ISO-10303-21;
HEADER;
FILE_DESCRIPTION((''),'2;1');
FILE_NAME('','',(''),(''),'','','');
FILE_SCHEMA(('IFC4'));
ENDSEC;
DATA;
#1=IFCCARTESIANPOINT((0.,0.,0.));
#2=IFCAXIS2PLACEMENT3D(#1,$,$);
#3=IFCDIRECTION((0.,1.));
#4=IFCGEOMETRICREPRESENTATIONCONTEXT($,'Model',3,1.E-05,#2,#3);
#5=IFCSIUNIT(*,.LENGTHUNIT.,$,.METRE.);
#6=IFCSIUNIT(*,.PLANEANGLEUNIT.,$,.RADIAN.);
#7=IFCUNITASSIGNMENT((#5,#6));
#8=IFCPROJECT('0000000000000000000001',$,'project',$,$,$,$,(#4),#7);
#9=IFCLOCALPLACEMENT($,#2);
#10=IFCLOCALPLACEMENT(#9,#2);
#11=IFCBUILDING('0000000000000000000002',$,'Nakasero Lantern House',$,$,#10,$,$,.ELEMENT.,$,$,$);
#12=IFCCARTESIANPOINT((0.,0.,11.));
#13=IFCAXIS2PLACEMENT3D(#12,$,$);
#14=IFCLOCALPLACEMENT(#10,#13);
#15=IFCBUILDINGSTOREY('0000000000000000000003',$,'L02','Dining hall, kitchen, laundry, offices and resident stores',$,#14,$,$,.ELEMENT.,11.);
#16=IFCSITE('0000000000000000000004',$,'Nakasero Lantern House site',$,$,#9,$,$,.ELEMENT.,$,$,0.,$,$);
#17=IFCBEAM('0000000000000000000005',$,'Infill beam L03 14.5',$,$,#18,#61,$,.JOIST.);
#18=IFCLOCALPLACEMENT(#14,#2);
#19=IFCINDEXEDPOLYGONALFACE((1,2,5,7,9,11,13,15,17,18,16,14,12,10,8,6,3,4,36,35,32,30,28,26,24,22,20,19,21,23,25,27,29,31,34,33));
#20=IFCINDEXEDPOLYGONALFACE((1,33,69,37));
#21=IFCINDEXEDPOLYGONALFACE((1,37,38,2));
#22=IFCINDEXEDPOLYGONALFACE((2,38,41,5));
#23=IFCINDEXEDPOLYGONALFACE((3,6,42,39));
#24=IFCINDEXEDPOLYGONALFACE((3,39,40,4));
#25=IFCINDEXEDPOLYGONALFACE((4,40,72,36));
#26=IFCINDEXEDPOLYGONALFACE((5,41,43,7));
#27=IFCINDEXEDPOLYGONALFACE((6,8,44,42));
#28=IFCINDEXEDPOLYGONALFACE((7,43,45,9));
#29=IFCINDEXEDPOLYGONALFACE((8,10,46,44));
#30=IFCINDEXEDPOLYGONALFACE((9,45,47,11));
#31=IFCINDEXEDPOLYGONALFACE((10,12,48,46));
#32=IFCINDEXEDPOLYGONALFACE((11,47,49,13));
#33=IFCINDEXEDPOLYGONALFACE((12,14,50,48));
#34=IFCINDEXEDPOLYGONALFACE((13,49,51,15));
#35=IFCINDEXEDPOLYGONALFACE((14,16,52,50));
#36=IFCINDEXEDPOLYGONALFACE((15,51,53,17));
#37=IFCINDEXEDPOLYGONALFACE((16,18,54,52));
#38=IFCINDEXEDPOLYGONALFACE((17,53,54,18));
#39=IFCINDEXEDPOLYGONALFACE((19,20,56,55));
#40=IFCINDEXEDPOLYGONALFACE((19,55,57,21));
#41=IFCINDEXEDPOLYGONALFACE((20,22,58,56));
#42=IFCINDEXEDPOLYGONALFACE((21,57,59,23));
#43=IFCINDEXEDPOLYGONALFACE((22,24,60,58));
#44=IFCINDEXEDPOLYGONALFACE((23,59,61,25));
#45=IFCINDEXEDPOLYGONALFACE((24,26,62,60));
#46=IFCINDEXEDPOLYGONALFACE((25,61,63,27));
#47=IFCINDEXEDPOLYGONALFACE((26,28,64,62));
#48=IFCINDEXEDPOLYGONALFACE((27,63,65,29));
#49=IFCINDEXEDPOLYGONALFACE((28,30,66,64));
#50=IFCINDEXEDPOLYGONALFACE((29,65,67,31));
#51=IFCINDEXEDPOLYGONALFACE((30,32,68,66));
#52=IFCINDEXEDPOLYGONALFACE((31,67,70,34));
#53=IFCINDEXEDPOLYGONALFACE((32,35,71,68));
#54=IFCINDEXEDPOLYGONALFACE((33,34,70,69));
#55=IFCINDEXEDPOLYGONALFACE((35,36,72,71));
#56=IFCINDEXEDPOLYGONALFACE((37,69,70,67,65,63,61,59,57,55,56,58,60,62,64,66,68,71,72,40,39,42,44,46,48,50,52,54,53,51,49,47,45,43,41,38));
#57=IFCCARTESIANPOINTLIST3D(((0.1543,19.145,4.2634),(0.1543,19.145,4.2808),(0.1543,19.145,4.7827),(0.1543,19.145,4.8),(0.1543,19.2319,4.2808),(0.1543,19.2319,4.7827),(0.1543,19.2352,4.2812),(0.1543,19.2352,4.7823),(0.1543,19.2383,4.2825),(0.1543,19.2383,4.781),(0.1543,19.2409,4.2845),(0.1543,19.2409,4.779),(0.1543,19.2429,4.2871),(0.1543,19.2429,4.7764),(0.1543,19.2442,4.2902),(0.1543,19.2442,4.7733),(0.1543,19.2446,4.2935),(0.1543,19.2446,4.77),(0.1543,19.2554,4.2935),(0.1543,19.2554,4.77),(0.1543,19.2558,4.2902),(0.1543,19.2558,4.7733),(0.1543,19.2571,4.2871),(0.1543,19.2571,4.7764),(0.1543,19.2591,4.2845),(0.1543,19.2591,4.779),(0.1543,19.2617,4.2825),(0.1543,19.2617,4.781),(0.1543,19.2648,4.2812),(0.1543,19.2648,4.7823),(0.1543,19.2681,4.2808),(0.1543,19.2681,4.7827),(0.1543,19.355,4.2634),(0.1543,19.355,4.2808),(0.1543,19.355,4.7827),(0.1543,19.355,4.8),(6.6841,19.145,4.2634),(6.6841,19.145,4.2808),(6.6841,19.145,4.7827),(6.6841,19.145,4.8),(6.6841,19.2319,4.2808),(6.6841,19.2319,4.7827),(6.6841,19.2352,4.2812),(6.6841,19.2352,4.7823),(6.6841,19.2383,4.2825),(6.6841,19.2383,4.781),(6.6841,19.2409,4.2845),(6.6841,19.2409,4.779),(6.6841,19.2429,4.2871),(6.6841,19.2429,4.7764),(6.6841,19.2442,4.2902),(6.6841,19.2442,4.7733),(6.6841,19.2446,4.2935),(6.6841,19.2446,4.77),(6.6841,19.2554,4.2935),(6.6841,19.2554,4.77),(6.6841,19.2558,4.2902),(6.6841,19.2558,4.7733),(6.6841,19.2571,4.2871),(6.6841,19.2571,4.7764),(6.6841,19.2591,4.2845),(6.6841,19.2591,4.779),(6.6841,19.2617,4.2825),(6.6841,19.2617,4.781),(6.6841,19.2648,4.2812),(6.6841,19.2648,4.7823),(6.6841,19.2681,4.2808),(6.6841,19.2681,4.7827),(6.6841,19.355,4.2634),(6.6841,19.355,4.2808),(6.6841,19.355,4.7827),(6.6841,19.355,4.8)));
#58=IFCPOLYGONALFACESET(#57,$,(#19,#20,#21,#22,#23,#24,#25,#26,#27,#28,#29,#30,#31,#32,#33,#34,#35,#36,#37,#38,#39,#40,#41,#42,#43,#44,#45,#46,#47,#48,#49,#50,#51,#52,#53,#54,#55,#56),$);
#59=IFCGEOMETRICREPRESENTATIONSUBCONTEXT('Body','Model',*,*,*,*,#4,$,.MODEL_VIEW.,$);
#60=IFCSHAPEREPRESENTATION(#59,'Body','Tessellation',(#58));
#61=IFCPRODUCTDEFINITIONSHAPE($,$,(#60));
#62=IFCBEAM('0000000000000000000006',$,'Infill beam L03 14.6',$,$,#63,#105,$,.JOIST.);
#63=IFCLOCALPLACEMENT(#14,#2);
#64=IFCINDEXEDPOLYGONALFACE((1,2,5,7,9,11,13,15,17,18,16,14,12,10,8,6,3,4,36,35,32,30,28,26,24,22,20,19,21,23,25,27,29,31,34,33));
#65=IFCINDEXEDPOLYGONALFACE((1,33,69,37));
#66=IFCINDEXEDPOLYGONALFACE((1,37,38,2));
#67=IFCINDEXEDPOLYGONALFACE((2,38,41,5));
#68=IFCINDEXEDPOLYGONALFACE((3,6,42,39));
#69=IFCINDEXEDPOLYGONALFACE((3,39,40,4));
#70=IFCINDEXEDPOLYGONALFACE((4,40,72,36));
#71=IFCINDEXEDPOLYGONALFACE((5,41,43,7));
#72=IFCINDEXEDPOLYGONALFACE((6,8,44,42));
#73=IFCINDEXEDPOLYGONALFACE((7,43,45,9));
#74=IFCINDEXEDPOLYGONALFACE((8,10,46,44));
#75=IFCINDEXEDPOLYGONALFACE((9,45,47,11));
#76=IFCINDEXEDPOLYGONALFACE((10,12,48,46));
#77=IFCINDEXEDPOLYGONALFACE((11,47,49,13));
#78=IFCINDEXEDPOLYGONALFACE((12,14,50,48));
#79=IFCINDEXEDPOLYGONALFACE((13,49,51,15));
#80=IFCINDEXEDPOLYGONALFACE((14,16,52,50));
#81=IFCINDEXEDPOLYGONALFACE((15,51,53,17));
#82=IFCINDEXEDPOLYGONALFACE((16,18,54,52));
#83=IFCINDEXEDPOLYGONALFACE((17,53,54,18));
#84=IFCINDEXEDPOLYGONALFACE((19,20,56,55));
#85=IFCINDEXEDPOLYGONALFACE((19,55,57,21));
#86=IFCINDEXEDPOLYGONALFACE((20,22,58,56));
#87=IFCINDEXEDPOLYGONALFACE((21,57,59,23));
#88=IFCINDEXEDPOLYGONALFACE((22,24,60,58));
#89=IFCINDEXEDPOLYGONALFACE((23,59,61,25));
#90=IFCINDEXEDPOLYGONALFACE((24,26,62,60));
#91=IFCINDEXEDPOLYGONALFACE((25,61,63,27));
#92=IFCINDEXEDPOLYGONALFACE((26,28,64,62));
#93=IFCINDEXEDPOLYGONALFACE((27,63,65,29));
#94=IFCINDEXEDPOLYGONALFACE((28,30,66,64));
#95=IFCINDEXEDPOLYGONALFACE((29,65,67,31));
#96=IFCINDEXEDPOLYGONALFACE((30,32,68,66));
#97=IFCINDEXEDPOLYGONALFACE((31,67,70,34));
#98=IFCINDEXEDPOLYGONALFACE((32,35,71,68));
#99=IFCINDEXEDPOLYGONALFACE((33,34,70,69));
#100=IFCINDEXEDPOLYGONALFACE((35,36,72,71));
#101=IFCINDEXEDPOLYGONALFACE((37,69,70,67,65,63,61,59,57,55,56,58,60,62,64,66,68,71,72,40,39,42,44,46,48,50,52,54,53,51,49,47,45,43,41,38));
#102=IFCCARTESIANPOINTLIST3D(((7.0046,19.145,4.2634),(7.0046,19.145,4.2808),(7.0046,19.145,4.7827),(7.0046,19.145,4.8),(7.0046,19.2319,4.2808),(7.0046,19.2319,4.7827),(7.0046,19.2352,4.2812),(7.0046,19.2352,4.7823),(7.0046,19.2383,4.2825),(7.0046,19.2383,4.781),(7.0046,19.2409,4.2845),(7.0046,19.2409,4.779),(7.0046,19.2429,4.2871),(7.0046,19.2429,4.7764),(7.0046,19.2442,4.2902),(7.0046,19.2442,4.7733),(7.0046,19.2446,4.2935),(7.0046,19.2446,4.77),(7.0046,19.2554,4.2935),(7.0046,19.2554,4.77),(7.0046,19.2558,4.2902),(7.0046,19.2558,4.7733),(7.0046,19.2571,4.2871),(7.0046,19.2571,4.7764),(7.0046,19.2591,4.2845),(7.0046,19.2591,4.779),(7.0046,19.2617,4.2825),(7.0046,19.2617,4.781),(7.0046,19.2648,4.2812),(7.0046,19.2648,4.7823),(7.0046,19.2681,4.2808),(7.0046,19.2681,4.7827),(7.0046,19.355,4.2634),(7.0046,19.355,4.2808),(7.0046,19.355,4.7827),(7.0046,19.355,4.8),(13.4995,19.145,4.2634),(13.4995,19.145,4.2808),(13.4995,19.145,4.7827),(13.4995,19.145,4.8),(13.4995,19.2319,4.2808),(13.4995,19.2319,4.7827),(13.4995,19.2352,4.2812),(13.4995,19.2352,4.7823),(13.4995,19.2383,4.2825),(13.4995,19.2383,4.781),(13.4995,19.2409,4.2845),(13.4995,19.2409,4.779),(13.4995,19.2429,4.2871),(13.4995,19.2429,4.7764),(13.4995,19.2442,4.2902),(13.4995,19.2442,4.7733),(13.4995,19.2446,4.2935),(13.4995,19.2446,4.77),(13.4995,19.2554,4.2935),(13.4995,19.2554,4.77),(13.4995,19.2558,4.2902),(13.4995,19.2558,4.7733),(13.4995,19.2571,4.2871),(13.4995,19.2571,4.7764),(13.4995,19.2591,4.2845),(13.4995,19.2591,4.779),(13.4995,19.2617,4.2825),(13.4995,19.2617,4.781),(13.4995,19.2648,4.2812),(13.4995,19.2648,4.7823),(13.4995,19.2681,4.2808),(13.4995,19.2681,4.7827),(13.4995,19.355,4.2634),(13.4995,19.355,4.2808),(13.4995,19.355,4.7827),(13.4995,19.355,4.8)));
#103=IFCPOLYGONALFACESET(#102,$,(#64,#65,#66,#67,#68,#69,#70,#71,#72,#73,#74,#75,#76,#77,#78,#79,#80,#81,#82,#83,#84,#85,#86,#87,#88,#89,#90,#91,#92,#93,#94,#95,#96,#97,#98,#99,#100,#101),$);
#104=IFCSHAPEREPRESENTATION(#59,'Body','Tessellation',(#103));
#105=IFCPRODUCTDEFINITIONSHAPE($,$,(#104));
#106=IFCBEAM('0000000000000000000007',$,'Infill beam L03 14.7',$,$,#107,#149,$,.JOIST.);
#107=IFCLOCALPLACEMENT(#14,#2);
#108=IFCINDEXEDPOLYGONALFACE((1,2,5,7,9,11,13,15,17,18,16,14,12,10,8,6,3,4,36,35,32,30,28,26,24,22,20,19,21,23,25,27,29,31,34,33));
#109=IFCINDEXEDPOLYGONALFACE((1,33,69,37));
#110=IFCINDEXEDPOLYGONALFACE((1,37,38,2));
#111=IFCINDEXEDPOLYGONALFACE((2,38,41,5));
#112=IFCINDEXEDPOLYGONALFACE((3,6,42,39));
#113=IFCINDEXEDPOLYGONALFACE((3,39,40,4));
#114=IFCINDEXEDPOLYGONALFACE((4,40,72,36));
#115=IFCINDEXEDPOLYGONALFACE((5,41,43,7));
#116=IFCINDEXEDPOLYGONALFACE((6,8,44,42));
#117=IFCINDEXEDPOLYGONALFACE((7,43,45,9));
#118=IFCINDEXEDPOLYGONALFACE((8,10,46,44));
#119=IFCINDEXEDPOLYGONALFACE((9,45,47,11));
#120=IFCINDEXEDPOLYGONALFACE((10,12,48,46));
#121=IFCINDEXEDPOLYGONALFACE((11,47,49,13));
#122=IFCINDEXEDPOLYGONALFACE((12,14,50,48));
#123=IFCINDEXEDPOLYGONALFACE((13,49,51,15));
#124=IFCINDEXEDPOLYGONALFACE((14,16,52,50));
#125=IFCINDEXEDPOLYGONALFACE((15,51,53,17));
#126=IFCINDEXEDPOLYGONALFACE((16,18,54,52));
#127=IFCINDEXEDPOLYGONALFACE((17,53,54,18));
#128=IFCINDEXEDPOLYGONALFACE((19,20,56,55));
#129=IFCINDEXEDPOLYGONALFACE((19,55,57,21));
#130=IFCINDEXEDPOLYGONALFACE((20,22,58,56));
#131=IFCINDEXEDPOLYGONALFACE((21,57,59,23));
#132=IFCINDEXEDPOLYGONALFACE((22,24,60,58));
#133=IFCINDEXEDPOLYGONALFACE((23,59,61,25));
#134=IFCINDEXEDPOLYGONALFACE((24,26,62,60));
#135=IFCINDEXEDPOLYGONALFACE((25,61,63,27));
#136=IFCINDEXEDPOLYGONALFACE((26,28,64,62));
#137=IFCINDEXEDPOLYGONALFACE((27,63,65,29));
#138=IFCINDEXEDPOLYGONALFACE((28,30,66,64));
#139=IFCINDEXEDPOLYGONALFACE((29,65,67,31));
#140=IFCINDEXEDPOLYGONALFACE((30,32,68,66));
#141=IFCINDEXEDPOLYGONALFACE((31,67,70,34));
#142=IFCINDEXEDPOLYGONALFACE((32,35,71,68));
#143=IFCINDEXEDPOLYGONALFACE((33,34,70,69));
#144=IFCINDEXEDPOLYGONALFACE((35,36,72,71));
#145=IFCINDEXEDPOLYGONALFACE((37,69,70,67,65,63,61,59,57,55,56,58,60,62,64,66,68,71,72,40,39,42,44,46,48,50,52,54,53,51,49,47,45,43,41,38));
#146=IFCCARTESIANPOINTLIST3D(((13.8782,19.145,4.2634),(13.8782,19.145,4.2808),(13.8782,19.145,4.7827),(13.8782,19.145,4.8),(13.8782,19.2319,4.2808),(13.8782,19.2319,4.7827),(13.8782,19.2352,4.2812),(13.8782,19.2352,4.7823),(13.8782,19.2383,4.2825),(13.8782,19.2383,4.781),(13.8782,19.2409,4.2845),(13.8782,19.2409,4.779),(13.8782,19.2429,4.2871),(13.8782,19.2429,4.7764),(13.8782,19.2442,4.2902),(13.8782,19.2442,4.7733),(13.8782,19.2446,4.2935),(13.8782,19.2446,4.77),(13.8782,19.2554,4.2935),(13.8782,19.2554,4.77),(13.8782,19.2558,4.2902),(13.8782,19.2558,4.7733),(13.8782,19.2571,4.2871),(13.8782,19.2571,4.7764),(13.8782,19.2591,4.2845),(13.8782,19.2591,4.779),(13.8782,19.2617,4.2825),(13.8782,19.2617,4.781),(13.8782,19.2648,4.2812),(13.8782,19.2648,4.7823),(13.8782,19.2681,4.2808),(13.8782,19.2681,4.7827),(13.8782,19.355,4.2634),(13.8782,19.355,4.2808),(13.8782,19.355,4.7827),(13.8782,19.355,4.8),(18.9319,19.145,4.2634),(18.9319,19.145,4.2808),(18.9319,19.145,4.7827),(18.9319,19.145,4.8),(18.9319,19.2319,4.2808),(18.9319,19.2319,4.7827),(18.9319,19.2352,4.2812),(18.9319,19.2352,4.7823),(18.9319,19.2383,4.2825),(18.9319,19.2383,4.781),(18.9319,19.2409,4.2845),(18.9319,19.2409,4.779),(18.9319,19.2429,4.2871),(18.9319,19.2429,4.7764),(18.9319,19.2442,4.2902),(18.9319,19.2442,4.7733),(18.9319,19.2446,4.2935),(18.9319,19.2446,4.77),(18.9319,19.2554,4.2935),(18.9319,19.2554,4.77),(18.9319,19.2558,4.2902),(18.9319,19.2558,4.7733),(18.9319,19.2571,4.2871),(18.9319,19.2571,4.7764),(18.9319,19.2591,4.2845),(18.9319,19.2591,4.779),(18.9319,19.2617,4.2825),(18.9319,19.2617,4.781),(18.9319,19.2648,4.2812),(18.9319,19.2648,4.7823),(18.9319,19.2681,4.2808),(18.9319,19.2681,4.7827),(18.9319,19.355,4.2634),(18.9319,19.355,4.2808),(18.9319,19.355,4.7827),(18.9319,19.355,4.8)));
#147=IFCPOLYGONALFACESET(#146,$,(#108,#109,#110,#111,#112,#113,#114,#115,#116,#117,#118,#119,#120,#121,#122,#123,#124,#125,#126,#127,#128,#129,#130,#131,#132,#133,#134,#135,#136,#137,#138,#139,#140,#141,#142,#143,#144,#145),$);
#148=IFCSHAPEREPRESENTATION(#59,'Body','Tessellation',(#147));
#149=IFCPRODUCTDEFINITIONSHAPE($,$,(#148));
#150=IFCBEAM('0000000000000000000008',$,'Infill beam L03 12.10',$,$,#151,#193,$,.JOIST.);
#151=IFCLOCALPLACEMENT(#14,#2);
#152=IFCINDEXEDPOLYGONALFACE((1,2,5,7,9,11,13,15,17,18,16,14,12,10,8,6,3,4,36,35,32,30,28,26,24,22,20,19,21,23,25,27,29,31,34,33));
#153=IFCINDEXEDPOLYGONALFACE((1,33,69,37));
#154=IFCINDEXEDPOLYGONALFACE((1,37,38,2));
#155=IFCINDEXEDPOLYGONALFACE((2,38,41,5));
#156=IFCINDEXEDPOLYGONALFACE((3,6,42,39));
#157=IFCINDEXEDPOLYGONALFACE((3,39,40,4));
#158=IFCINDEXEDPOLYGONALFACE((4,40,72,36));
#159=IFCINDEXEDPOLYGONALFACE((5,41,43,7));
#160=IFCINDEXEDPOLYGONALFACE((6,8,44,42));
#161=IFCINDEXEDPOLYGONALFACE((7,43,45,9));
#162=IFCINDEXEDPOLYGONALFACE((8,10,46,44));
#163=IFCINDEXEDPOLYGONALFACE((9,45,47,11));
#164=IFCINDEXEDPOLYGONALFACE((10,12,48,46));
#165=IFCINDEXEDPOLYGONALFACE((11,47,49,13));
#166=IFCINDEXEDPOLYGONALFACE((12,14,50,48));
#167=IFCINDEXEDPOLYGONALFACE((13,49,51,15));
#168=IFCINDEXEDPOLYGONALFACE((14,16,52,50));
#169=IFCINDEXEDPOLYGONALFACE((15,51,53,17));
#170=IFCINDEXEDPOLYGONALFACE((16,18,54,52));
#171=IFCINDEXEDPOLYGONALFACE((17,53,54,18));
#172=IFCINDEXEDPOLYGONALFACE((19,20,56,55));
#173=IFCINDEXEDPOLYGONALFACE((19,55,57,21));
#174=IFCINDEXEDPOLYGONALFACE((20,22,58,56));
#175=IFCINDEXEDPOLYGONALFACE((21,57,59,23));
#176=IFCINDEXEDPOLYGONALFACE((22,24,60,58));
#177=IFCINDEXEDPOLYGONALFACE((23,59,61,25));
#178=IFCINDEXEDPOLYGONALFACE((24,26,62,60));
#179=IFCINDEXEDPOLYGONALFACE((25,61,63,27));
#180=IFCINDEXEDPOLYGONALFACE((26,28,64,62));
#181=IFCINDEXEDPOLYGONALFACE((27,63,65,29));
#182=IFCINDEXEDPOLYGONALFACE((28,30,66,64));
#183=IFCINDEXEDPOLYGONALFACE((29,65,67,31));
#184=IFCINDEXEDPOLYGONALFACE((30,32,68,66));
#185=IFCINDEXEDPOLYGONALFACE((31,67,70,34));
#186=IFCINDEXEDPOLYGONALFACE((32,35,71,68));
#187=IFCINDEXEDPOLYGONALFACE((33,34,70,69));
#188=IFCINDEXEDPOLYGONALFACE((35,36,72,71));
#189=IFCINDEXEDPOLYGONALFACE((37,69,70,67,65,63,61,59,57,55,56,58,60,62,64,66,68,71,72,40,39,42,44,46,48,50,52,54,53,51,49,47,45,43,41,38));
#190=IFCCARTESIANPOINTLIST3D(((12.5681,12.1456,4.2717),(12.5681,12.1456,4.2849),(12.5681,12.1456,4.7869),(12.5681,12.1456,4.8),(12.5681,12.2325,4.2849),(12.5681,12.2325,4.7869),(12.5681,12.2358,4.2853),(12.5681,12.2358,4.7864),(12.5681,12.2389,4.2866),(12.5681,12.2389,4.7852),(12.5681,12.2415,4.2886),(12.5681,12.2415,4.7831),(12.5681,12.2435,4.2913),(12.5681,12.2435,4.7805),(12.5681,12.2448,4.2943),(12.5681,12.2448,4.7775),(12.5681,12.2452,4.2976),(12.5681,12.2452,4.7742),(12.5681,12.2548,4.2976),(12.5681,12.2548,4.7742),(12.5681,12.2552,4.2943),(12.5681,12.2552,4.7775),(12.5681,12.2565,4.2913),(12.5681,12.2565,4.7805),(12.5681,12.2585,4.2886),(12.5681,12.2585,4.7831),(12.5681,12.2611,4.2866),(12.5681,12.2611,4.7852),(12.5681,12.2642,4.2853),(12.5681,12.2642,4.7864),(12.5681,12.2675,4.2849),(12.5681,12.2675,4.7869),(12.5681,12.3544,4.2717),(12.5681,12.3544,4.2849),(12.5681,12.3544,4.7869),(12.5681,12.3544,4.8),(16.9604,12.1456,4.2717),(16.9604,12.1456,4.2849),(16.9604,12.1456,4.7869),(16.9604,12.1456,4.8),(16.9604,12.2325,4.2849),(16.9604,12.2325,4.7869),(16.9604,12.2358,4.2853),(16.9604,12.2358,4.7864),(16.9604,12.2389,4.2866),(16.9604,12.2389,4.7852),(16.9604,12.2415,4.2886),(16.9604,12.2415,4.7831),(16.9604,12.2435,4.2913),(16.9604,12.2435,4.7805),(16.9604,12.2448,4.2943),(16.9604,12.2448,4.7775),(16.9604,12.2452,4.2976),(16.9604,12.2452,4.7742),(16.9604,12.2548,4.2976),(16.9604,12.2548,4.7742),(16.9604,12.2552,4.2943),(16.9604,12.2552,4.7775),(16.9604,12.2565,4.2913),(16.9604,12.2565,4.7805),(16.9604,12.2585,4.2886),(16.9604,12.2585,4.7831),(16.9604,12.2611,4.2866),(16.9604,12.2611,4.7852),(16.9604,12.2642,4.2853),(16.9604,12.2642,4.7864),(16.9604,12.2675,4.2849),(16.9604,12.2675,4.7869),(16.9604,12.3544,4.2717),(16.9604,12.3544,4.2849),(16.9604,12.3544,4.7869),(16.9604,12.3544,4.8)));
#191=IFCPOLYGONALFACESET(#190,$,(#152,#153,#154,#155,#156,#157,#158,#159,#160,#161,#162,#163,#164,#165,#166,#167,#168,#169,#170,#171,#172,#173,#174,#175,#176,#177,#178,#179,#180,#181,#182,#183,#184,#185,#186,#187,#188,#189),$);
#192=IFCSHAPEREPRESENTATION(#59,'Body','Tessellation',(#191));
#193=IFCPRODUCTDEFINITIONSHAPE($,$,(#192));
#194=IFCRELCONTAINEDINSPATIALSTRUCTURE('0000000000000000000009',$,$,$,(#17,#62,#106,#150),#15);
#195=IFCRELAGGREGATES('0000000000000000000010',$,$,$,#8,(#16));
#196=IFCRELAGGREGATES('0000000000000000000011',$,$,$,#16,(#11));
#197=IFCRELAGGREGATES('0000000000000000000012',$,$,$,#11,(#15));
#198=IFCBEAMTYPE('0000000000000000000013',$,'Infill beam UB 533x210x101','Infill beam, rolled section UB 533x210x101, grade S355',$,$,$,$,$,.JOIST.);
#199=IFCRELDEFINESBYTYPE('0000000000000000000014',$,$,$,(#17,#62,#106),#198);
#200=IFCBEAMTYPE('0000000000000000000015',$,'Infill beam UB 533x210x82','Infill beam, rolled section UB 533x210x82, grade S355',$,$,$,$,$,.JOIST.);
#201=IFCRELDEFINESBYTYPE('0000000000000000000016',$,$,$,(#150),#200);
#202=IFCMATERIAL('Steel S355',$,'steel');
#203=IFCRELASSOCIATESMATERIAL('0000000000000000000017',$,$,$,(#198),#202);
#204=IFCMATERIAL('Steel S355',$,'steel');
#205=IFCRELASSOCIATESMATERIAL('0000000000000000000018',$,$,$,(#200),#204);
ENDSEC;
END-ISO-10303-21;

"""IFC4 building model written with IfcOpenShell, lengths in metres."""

from ifc_helpers import new_model, si_unit, direction, frame, origin, origin_2d, place, context, subcontext, project, spatial, i_section, extrude, material, material_profile, profile_set, type_object, element, save


model = new_model("IFC4")

# Units and contexts
model_context = context("Model", 3, precision=1e-05, world=origin(), true_north=direction((0.0, 1.0)))
body_context = subcontext(model_context, "Body", "Model", "MODEL_VIEW")
ifc_project = project(units=[si_unit("LENGTHUNIT", "METRE"), si_unit("PLANEANGLEUNIT", "RADIAN")], contexts=[model_context])

# Site, building, storey
site_placement = place(None, origin())
site = spatial("IfcSite", under=ifc_project, at=site_placement, Name="Nakasero Lantern House site", CompositionType="ELEMENT", RefElevation=0.0)
building_placement = place(site_placement, origin())
building = spatial("IfcBuilding", under=site, at=building_placement, Name="Nakasero Lantern House", CompositionType="ELEMENT")
storey_placement = place(building_placement, frame((0.0, 0.0, 11.0)))
storey = spatial("IfcBuildingStorey", under=building, at=storey_placement, Name="L02", Description="Dining hall, kitchen, laundry, offices and resident stores", CompositionType="ELEMENT", Elevation=11.0)

# Beams
ifc_material_1 = material(Name="Steel S355", Category="steel")
ifc_material_profile_1 = material_profile(ifc_material_1, i_section(OverallWidth=0.21, OverallDepth=0.5366, WebThickness=0.0107, FlangeThickness=0.0173, FilletRadius=0.0127, at=origin_2d()), Name="UB 533x210x101")
ifc_profile_set_1 = profile_set([ifc_material_profile_1], Name="Steel S355")
beam_type_1 = type_object("IfcBeamType", Name="Infill beam UB 533x210x101", Description="Infill beam, rolled section UB 533x210x101, grade S355", PredefinedType="JOIST", material=ifc_profile_set_1)
beam_1_placement = place(storey_placement, frame((0.1543, 19.25, 4.5317), z_axis=(1.0, 0.0, 0.0), x_axis=(0.0, 1.0, 0.0)))
element("IfcBeam", 1, at=beam_1_placement, inside=storey, type_object=beam_type_1, Name="Infill beam L03 14.5", PredefinedType="JOIST", context=body_context, shape_type="SweptSolid", body=[
    extrude(i_section(OverallWidth=0.21, OverallDepth=0.5366, WebThickness=0.0107, FlangeThickness=0.0173, FilletRadius=0.0127, at=origin_2d()), origin(), (0.0, 0.0, 1.0), 6.5298),
])
beam_2_placement = place(storey_placement, frame((7.0046, 19.25, 4.5317), z_axis=(1.0, 0.0, 0.0), x_axis=(0.0, 1.0, 0.0)))
element("IfcBeam", 2, at=beam_2_placement, inside=storey, type_object=beam_type_1, Name="Infill beam L03 14.6", PredefinedType="JOIST", context=body_context, shape_type="SweptSolid", body=[
    extrude(i_section(OverallWidth=0.21, OverallDepth=0.5366, WebThickness=0.0107, FlangeThickness=0.0173, FilletRadius=0.0127, at=origin_2d()), origin(), (0.0, 0.0, 1.0), 6.4949),
])
beam_3_placement = place(storey_placement, frame((13.8782, 19.25, 4.5317), z_axis=(1.0, 0.0, 0.0), x_axis=(0.0, 1.0, 0.0)))
element("IfcBeam", 3, at=beam_3_placement, inside=storey, type_object=beam_type_1, Name="Infill beam L03 14.7", PredefinedType="JOIST", context=body_context, shape_type="SweptSolid", body=[
    extrude(i_section(OverallWidth=0.21, OverallDepth=0.5366, WebThickness=0.0107, FlangeThickness=0.0173, FilletRadius=0.0127, at=origin_2d()), origin(), (0.0, 0.0, 1.0), 5.0537),
])
ifc_material_2 = material(Name="Steel S355", Category="steel")
ifc_material_profile_2 = material_profile(ifc_material_2, i_section(OverallWidth=0.2087, OverallDepth=0.5283, WebThickness=0.0095, FlangeThickness=0.0132, FilletRadius=0.0127, at=origin_2d()), Name="UB 533x210x82")
ifc_profile_set_2 = profile_set([ifc_material_profile_2], Name="Steel S355")
beam_type_2 = type_object("IfcBeamType", Name="Infill beam UB 533x210x82", Description="Infill beam, rolled section UB 533x210x82, grade S355", PredefinedType="JOIST", material=ifc_profile_set_2)
beam_4_placement = place(storey_placement, frame((12.5681, 12.25, 4.5359), z_axis=(1.0, 0.0, 0.0), x_axis=(0.0, 1.0, 0.0)))
element("IfcBeam", 4, at=beam_4_placement, inside=storey, type_object=beam_type_2, Name="Infill beam L03 12.10", PredefinedType="JOIST", context=body_context, shape_type="SweptSolid", body=[
    extrude(i_section(OverallWidth=0.2087, OverallDepth=0.5283, WebThickness=0.0095, FlangeThickness=0.0132, FilletRadius=0.0127, at=origin_2d()), origin(), (0.0, 0.0, 1.0), 4.3923),
])

save(model, "model.ifc")
